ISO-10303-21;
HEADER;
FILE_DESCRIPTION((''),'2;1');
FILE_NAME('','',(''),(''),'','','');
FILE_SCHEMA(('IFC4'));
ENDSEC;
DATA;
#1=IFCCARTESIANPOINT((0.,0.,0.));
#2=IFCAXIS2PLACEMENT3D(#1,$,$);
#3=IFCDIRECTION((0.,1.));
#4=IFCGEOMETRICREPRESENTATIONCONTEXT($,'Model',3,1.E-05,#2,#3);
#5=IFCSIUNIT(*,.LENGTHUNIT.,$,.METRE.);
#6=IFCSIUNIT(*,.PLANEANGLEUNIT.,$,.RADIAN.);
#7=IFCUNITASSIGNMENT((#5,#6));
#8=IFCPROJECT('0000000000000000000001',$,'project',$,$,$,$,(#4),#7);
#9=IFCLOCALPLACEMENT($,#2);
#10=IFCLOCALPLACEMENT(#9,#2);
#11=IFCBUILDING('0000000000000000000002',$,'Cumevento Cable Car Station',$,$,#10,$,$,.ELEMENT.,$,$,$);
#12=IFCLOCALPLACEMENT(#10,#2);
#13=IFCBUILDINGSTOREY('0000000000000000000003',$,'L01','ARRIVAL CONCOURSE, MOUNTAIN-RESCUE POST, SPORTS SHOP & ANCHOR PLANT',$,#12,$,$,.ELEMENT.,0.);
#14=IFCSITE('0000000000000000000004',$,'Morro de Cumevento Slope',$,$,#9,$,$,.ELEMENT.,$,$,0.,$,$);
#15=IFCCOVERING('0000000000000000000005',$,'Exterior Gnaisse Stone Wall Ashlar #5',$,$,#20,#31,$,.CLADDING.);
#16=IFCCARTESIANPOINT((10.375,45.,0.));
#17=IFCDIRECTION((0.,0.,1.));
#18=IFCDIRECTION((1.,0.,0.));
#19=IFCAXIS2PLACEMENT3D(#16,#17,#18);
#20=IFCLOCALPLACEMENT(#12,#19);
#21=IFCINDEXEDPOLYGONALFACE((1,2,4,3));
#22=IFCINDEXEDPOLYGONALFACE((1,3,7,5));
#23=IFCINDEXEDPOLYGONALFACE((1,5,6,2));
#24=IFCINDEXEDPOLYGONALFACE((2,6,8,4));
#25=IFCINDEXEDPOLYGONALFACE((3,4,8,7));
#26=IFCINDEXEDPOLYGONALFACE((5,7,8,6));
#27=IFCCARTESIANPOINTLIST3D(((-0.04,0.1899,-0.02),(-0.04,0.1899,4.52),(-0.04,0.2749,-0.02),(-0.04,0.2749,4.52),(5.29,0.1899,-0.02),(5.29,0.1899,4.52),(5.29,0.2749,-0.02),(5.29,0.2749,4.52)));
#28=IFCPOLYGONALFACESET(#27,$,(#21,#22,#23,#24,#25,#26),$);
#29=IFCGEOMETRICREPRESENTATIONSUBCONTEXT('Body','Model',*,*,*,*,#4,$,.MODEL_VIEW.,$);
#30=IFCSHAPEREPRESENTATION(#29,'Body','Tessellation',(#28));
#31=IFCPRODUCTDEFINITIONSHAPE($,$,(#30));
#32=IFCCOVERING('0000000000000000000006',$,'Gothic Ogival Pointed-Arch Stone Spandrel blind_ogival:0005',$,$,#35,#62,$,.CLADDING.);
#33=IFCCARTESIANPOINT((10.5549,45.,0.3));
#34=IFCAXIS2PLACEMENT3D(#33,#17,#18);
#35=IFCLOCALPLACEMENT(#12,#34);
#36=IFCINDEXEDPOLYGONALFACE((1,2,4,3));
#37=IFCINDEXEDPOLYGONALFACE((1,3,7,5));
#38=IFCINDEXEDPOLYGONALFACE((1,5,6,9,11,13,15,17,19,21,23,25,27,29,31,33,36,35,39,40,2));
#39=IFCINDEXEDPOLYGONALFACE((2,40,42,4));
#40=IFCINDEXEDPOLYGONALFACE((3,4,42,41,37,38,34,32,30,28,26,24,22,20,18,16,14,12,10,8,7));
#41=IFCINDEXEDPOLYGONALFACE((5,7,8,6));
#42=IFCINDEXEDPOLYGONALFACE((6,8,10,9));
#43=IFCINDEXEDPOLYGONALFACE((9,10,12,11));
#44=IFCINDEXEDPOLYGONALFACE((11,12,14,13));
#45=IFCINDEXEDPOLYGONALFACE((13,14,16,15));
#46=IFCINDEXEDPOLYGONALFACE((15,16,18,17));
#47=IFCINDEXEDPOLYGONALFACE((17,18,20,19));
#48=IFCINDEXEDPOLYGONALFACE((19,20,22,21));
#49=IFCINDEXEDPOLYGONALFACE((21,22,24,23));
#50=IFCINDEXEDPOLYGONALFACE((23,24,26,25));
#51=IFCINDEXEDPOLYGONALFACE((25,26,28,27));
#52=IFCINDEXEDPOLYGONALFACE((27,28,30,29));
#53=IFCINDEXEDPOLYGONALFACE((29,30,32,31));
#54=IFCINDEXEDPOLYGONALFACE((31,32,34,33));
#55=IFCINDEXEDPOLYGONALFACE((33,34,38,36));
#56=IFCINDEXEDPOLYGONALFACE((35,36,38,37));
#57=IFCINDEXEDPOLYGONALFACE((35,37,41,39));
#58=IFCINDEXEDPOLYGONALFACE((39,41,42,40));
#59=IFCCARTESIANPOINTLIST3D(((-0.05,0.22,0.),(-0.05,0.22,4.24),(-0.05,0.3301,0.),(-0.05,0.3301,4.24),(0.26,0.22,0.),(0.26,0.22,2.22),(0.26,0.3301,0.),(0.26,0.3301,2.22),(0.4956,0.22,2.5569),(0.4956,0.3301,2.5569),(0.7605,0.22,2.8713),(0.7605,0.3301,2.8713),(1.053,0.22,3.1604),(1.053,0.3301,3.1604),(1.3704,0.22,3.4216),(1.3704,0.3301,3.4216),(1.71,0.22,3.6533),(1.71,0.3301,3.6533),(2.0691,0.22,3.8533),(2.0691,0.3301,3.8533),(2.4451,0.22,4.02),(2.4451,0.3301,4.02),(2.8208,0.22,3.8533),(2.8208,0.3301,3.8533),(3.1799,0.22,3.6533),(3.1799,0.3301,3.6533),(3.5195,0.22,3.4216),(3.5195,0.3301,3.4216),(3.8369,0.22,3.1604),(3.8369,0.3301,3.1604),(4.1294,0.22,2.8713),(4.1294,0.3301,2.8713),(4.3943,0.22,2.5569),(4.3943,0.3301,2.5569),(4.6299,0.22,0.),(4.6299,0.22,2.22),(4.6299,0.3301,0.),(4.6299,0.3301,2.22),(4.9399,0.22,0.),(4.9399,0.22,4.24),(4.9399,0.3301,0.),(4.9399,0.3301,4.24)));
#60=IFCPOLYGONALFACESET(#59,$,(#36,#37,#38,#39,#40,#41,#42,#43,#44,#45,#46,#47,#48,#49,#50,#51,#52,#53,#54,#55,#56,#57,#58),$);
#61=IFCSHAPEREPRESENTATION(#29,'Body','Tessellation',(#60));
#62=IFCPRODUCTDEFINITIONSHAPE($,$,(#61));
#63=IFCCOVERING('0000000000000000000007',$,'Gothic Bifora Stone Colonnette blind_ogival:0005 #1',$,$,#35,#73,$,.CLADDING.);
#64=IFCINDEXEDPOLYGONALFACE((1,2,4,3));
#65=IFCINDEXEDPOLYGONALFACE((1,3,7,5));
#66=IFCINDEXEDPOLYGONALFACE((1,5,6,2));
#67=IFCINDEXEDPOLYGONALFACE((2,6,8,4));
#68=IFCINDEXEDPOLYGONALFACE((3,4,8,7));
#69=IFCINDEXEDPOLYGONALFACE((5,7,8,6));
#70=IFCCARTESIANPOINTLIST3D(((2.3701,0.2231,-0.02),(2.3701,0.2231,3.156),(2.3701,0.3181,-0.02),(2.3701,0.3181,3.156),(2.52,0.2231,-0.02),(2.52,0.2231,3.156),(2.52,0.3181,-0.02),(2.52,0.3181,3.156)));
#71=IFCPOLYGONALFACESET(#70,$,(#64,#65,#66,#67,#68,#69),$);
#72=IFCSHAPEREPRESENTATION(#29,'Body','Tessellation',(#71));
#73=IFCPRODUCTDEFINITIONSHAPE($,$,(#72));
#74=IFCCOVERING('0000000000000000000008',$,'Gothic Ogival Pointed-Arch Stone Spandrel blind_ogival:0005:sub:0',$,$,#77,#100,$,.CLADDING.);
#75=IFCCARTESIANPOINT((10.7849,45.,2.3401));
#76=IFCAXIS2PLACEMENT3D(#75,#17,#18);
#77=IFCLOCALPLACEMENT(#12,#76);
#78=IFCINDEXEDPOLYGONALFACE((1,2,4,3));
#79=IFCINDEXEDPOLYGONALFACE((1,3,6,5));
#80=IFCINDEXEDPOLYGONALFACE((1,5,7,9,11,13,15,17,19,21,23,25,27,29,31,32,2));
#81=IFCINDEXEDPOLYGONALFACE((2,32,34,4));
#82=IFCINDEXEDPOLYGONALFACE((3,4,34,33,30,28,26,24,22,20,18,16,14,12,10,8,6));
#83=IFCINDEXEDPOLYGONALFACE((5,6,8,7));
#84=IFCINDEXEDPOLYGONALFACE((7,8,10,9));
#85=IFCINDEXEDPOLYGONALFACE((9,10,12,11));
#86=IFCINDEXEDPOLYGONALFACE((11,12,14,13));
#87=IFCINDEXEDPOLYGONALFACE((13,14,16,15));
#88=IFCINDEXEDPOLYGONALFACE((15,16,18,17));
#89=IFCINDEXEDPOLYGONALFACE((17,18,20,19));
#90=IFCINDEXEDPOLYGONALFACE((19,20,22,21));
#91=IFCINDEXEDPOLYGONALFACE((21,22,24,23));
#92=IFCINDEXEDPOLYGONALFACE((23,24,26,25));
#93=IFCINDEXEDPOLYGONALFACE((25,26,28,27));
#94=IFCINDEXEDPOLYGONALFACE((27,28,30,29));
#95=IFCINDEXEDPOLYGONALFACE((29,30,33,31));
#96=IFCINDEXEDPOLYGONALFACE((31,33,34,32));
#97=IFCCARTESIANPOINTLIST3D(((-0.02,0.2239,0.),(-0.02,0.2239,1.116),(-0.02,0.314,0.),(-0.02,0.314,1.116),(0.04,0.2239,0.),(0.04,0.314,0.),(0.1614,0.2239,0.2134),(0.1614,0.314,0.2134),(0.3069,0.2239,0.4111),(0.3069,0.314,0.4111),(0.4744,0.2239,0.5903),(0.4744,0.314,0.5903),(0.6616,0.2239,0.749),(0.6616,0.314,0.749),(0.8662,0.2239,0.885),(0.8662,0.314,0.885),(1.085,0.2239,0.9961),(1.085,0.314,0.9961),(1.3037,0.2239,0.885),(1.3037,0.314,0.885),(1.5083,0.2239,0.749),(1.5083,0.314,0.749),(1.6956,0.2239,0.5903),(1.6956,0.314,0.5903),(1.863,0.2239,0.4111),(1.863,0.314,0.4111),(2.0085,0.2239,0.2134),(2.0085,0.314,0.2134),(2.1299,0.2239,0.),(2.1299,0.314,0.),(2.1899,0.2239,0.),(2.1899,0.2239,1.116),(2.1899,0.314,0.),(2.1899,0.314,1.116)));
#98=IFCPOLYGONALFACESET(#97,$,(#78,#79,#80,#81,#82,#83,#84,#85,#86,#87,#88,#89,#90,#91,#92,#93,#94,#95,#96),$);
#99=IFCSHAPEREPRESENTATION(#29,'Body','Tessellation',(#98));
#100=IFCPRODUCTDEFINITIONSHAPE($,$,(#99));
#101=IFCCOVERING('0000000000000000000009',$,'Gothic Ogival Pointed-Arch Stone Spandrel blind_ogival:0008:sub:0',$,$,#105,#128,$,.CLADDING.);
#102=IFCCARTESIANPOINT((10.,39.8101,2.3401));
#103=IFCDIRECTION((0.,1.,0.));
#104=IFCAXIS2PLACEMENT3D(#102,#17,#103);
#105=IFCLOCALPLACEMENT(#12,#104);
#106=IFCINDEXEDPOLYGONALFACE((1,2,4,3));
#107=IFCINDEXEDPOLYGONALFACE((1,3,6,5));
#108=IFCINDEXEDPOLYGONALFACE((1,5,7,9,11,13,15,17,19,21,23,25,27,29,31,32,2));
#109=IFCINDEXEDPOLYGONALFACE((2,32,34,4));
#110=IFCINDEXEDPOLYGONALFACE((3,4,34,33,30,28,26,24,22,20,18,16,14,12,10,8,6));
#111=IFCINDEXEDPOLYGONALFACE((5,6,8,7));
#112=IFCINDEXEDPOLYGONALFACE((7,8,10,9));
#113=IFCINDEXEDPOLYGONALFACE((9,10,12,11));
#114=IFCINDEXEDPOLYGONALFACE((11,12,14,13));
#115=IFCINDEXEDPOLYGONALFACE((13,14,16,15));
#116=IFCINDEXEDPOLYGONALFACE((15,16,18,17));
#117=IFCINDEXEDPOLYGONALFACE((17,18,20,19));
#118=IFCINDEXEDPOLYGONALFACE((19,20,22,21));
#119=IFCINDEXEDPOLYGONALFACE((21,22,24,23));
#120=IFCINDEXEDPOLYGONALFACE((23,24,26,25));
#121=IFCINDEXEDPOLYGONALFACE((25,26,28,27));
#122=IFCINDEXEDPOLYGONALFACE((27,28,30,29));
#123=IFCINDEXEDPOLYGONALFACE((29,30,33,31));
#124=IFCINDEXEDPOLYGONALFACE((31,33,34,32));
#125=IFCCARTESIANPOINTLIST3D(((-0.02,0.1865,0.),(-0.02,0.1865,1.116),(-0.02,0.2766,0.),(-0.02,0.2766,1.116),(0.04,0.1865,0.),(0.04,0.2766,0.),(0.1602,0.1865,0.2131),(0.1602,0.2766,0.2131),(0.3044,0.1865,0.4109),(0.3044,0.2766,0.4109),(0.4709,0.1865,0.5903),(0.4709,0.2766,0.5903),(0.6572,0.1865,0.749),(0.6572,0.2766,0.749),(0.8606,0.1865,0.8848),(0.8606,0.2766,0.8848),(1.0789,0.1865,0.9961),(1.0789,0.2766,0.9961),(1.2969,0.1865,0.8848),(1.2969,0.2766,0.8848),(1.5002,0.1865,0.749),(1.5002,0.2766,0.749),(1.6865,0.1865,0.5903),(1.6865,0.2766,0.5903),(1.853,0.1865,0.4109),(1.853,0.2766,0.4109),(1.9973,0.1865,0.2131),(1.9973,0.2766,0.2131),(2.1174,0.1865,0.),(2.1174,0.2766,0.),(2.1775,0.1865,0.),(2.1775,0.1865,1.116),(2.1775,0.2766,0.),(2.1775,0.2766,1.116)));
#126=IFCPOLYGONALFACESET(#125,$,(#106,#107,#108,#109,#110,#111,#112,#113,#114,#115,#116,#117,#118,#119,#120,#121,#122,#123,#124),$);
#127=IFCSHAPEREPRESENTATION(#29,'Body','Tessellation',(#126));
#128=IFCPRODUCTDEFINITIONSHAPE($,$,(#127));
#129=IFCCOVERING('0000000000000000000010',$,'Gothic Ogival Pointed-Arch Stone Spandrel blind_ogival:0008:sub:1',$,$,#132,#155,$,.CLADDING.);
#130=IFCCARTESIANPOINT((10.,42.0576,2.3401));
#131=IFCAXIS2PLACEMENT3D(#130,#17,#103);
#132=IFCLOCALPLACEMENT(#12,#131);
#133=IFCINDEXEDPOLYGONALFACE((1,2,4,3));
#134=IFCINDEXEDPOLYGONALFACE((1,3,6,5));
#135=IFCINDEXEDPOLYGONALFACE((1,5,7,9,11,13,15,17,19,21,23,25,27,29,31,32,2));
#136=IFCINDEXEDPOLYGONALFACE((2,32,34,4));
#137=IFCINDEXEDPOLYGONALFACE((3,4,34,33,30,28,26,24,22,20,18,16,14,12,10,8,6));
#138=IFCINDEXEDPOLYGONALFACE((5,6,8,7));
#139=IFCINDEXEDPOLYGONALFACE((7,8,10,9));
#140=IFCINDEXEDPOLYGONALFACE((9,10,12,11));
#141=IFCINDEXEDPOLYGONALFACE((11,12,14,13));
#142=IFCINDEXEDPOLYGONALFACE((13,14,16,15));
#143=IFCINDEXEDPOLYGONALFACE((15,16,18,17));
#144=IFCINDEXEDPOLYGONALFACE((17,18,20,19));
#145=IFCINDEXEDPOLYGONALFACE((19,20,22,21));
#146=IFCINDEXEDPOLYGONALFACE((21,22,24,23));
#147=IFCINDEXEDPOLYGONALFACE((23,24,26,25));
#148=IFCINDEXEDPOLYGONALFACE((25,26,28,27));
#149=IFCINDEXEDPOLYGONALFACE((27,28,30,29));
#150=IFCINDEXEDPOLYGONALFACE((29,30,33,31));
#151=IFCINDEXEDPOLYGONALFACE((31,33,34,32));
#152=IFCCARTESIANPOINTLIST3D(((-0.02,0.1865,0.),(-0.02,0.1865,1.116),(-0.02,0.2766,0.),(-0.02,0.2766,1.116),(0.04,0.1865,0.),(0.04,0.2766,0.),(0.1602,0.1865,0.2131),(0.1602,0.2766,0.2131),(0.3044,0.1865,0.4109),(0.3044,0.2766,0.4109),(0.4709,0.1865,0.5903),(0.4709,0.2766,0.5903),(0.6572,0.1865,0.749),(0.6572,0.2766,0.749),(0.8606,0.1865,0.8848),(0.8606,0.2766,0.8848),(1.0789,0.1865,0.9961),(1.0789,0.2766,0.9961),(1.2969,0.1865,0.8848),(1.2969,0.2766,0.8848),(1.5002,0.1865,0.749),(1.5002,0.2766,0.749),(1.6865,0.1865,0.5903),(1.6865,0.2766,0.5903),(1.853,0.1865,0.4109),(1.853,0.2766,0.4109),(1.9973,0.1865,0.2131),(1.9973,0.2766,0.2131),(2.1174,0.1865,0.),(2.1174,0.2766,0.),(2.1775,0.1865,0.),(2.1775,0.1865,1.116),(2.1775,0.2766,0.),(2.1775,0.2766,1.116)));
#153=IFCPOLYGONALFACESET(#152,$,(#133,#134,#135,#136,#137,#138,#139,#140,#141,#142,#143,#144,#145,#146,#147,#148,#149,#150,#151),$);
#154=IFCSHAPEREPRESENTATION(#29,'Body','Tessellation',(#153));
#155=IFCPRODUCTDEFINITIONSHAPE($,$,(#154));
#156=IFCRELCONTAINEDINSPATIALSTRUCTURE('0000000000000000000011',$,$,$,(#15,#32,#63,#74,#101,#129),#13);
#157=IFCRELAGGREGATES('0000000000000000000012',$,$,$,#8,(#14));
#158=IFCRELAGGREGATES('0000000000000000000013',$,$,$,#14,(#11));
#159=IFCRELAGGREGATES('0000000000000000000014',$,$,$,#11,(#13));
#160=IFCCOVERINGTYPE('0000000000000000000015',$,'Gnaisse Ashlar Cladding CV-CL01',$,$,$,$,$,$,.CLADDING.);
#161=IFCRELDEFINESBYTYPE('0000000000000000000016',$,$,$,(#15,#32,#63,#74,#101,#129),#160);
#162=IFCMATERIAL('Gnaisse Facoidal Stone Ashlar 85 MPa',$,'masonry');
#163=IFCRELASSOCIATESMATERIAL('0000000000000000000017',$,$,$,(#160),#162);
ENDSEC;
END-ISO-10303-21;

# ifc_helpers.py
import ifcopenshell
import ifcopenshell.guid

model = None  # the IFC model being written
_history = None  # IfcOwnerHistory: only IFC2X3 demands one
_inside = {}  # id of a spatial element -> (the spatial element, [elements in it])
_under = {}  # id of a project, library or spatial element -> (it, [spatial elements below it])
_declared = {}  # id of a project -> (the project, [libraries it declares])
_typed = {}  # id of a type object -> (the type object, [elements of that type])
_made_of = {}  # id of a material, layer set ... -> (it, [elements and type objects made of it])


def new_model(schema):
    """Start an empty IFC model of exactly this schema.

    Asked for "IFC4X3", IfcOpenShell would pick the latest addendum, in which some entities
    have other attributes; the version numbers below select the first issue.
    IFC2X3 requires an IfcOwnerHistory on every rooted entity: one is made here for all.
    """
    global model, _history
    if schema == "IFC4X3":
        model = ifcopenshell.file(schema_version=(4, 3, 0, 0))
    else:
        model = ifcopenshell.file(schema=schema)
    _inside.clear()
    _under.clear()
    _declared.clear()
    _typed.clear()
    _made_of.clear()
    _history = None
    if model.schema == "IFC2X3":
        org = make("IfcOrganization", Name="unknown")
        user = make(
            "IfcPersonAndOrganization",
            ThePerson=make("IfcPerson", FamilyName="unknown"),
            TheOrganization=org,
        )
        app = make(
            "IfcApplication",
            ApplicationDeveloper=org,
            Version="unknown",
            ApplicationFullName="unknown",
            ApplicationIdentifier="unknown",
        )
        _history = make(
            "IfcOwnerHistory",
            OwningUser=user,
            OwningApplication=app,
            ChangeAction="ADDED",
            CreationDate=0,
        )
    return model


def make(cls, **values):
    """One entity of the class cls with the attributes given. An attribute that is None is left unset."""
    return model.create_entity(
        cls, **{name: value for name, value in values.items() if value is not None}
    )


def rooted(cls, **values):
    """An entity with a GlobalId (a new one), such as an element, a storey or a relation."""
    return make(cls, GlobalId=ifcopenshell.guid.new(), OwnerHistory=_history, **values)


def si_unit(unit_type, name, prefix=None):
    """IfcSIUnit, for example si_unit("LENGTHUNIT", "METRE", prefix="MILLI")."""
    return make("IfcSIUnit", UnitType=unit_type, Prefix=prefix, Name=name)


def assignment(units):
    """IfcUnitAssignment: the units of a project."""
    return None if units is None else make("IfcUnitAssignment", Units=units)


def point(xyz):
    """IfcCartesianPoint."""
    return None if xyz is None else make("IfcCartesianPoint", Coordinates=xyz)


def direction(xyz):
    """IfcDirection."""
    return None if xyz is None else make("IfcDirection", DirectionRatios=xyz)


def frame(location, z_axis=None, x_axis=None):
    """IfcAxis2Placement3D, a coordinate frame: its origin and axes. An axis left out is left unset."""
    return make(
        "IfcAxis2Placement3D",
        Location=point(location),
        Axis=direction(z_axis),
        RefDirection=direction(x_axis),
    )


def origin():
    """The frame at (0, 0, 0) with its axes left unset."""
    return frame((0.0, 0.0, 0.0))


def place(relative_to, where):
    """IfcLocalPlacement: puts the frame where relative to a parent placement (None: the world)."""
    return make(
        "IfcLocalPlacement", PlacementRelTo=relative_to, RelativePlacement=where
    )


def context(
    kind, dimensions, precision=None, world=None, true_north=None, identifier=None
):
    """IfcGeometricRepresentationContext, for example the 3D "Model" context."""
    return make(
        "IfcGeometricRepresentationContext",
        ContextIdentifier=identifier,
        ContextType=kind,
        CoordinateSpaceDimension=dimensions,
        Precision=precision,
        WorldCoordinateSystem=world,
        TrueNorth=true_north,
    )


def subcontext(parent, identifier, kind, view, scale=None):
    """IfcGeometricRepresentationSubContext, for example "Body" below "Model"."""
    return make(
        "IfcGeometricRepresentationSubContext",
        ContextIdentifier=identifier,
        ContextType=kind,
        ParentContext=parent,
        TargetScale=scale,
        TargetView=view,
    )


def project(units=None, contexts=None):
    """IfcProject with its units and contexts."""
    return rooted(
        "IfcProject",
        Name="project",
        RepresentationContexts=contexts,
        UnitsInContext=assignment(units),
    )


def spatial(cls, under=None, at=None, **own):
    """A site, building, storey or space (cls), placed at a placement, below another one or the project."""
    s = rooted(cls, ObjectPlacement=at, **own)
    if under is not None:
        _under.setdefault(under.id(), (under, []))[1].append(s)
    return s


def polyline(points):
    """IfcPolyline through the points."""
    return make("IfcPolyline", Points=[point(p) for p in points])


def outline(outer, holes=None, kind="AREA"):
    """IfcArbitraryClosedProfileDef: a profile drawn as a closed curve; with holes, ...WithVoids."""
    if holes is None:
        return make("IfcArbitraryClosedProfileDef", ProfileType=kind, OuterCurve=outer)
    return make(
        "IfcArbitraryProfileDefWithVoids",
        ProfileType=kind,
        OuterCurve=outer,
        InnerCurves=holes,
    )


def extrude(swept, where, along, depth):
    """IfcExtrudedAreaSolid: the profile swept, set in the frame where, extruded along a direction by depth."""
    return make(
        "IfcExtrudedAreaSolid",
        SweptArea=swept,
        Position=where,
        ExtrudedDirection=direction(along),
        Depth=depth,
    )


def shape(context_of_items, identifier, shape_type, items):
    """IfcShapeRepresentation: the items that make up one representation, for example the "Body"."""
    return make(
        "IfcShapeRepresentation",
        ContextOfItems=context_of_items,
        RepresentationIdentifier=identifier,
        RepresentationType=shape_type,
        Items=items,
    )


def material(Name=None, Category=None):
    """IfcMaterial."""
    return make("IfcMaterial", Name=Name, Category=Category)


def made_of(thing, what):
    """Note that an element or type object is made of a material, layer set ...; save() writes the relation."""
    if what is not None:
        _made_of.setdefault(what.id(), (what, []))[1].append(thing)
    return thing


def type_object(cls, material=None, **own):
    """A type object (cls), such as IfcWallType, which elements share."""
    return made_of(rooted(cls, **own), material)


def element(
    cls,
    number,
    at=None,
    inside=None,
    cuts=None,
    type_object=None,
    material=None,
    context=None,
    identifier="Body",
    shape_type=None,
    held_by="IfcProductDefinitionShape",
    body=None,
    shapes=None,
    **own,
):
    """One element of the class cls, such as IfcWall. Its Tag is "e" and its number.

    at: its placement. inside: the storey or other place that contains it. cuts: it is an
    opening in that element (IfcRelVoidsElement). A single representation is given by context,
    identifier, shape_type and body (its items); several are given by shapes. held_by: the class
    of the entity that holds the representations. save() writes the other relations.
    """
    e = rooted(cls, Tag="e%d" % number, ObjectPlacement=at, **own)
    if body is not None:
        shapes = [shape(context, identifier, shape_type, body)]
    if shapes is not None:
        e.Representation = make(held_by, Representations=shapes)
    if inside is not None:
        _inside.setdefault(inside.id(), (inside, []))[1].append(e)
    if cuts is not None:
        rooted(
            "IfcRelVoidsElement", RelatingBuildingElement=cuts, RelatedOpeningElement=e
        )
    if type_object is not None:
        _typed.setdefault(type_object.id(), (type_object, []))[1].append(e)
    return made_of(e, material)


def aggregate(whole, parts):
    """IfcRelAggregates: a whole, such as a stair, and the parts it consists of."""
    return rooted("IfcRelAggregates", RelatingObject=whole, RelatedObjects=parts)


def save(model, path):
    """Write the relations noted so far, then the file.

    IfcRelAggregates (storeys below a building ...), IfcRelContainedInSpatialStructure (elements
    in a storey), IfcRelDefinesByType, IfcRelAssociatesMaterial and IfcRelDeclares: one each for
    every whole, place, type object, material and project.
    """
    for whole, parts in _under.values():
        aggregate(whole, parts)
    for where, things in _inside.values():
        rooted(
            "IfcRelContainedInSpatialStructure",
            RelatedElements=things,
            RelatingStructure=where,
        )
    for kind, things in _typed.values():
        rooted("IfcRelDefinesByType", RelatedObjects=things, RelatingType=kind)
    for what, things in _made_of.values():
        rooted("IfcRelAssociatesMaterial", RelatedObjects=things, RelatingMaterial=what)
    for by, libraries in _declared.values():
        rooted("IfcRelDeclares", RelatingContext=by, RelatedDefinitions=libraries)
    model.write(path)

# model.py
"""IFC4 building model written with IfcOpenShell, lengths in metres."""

from ifc_helpers import new_model, si_unit, direction, frame, origin, place, context, subcontext, project, spatial, polyline, outline, extrude, material, type_object, element, save


model = new_model("IFC4")

# Units and contexts
model_context = context("Model", 3, precision=1e-05, world=origin(), true_north=direction((0.0, 1.0)))
body_context = subcontext(model_context, "Body", "Model", "MODEL_VIEW")
ifc_project = project(units=[si_unit("LENGTHUNIT", "METRE"), si_unit("PLANEANGLEUNIT", "RADIAN")], contexts=[model_context])

# Site, building, storey
site_placement = place(None, origin())
site = spatial("IfcSite", under=ifc_project, at=site_placement, Name="Morro de Cumevento Slope", CompositionType="ELEMENT", RefElevation=0.0)
building_placement = place(site_placement, origin())
building = spatial("IfcBuilding", under=site, at=building_placement, Name="Cumevento Cable Car Station", CompositionType="ELEMENT")
storey_placement = place(building_placement, origin())
storey = spatial("IfcBuildingStorey", under=building, at=storey_placement, Name="L01", Description="ARRIVAL CONCOURSE, MOUNTAIN-RESCUE POST, SPORTS SHOP & ANCHOR PLANT", CompositionType="ELEMENT", Elevation=0.0)

# Coverings
ifc_material_1 = material(Name="Gnaisse Facoidal Stone Ashlar 85 MPa", Category="masonry")
covering_type = type_object("IfcCoveringType", Name="Gnaisse Ashlar Cladding CV-CL01", PredefinedType="CLADDING", material=ifc_material_1)
covering_1_placement = place(storey_placement, frame((10.375, 45.0, 0.0), z_axis=(0.0, 0.0, 1.0), x_axis=(1.0, 0.0, 0.0)))
element("IfcCovering", 1, at=covering_1_placement, inside=storey, type_object=covering_type, Name="Exterior Gnaisse Stone Wall Ashlar #5", PredefinedType="CLADDING", context=body_context, shape_type="SweptSolid", body=[
    extrude(outline(polyline([(-0.04, -0.02), (5.29, -0.02), (5.29, 4.52), (-0.04, 4.52), (-0.04, -0.02)])), frame((0.0, 0.2749, 0.0), z_axis=(0.0, -1.0, 0.0), x_axis=(1.0, 0.0, 0.0)), (0.0, 0.0, 1.0), 0.085),
])
placement = place(storey_placement, frame((10.5549, 45.0, 0.3), z_axis=(0.0, 0.0, 1.0), x_axis=(1.0, 0.0, 0.0)))
element("IfcCovering", 2, at=placement, inside=storey, type_object=covering_type, Name="Gothic Ogival Pointed-Arch Stone Spandrel blind_ogival:0005", PredefinedType="CLADDING", context=body_context, shape_type="SweptSolid", body=[
    extrude(outline(polyline([(-0.05, 0.0), (-0.05, 4.24), (4.9399, 4.24), (4.9399, 0.0), (4.6299, 0.0), (4.6299, 2.22), (4.3943, 2.5569), (4.1294, 2.8713), (3.8369, 3.1604), (3.5195, 3.4216), (3.1799, 3.6533), (2.8208, 3.8533), (2.4451, 4.02), (2.0691, 3.8533), (1.71, 3.6533), (1.3704, 3.4216), (1.053, 3.1604), (0.7605, 2.8713), (0.4956, 2.5569), (0.26, 2.22), (0.26, 0.0), (-0.05, 0.0)])), frame((0.0, 0.3301, 0.0), z_axis=(0.0, -1.0, 0.0), x_axis=(1.0, 0.0, 0.0)), (0.0, 0.0, 1.0), 0.1101),
])
element("IfcCovering", 3, at=placement, inside=storey, type_object=covering_type, Name="Gothic Bifora Stone Colonnette blind_ogival:0005 #1", PredefinedType="CLADDING", context=body_context, shape_type="SweptSolid", body=[
    extrude(outline(polyline([(2.3701, -0.02), (2.52, -0.02), (2.52, 3.156), (2.3701, 3.156), (2.3701, -0.02)])), frame((0.0, 0.3181, 0.0), z_axis=(0.0, -1.0, 0.0), x_axis=(1.0, 0.0, 0.0)), (0.0, 0.0, 1.0), 0.095),
])
covering_2_placement = place(storey_placement, frame((10.7849, 45.0, 2.3401), z_axis=(0.0, 0.0, 1.0), x_axis=(1.0, 0.0, 0.0)))
element("IfcCovering", 4, at=covering_2_placement, inside=storey, type_object=covering_type, Name="Gothic Ogival Pointed-Arch Stone Spandrel blind_ogival:0005:sub:0", PredefinedType="CLADDING", context=body_context, shape_type="SweptSolid", body=[
    extrude(outline(polyline([(-0.02, 0.0), (-0.02, 1.116), (2.1899, 1.116), (2.1899, 0.0), (2.1299, 0.0), (2.0085, 0.2134), (1.863, 0.4111), (1.6956, 0.5903), (1.5083, 0.749), (1.3037, 0.885), (1.085, 0.9961), (0.8662, 0.885), (0.6616, 0.749), (0.4744, 0.5903), (0.3069, 0.4111), (0.1614, 0.2134), (0.04, 0.0), (-0.02, 0.0)])), frame((0.0, 0.314, 0.0), z_axis=(0.0, -1.0, 0.0), x_axis=(1.0, 0.0, 0.0)), (0.0, 0.0, 1.0), 0.0901),
])
for number, where, z_axis, x_axis, name in (
    (5, (10.0, 39.8101, 2.3401), (0.0, 0.0, 1.0), (0.0, 1.0, 0.0), "Gothic Ogival Pointed-Arch Stone Spandrel blind_ogival:0008:sub:0"),
    (6, (10.0, 42.0576, 2.3401), (0.0, 0.0, 1.0), (0.0, 1.0, 0.0), "Gothic Ogival Pointed-Arch Stone Spandrel blind_ogival:0008:sub:1"),
):
    element("IfcCovering", number, at=place(storey_placement, frame(where, z_axis=z_axis, x_axis=x_axis)), inside=storey, type_object=covering_type, Name=name, PredefinedType="CLADDING", context=body_context, shape_type="SweptSolid", body=[
        extrude(outline(polyline([(-0.02, 0.0), (-0.02, 1.116), (2.1775, 1.116), (2.1775, 0.0), (2.1174, 0.0), (1.9973, 0.2131), (1.853, 0.4109), (1.6865, 0.5903), (1.5002, 0.749), (1.2969, 0.8848), (1.0789, 0.9961), (0.8606, 0.8848), (0.6572, 0.749), (0.4709, 0.5903), (0.3044, 0.4109), (0.1602, 0.2131), (0.04, 0.0), (-0.02, 0.0)])), frame((0.0, 0.2766, 0.0), z_axis=(0.0, -1.0, 0.0), x_axis=(1.0, 0.0, 0.0)), (0.0, 0.0, 1.0), 0.0901),
    ])

save(model, "model.ifc")
